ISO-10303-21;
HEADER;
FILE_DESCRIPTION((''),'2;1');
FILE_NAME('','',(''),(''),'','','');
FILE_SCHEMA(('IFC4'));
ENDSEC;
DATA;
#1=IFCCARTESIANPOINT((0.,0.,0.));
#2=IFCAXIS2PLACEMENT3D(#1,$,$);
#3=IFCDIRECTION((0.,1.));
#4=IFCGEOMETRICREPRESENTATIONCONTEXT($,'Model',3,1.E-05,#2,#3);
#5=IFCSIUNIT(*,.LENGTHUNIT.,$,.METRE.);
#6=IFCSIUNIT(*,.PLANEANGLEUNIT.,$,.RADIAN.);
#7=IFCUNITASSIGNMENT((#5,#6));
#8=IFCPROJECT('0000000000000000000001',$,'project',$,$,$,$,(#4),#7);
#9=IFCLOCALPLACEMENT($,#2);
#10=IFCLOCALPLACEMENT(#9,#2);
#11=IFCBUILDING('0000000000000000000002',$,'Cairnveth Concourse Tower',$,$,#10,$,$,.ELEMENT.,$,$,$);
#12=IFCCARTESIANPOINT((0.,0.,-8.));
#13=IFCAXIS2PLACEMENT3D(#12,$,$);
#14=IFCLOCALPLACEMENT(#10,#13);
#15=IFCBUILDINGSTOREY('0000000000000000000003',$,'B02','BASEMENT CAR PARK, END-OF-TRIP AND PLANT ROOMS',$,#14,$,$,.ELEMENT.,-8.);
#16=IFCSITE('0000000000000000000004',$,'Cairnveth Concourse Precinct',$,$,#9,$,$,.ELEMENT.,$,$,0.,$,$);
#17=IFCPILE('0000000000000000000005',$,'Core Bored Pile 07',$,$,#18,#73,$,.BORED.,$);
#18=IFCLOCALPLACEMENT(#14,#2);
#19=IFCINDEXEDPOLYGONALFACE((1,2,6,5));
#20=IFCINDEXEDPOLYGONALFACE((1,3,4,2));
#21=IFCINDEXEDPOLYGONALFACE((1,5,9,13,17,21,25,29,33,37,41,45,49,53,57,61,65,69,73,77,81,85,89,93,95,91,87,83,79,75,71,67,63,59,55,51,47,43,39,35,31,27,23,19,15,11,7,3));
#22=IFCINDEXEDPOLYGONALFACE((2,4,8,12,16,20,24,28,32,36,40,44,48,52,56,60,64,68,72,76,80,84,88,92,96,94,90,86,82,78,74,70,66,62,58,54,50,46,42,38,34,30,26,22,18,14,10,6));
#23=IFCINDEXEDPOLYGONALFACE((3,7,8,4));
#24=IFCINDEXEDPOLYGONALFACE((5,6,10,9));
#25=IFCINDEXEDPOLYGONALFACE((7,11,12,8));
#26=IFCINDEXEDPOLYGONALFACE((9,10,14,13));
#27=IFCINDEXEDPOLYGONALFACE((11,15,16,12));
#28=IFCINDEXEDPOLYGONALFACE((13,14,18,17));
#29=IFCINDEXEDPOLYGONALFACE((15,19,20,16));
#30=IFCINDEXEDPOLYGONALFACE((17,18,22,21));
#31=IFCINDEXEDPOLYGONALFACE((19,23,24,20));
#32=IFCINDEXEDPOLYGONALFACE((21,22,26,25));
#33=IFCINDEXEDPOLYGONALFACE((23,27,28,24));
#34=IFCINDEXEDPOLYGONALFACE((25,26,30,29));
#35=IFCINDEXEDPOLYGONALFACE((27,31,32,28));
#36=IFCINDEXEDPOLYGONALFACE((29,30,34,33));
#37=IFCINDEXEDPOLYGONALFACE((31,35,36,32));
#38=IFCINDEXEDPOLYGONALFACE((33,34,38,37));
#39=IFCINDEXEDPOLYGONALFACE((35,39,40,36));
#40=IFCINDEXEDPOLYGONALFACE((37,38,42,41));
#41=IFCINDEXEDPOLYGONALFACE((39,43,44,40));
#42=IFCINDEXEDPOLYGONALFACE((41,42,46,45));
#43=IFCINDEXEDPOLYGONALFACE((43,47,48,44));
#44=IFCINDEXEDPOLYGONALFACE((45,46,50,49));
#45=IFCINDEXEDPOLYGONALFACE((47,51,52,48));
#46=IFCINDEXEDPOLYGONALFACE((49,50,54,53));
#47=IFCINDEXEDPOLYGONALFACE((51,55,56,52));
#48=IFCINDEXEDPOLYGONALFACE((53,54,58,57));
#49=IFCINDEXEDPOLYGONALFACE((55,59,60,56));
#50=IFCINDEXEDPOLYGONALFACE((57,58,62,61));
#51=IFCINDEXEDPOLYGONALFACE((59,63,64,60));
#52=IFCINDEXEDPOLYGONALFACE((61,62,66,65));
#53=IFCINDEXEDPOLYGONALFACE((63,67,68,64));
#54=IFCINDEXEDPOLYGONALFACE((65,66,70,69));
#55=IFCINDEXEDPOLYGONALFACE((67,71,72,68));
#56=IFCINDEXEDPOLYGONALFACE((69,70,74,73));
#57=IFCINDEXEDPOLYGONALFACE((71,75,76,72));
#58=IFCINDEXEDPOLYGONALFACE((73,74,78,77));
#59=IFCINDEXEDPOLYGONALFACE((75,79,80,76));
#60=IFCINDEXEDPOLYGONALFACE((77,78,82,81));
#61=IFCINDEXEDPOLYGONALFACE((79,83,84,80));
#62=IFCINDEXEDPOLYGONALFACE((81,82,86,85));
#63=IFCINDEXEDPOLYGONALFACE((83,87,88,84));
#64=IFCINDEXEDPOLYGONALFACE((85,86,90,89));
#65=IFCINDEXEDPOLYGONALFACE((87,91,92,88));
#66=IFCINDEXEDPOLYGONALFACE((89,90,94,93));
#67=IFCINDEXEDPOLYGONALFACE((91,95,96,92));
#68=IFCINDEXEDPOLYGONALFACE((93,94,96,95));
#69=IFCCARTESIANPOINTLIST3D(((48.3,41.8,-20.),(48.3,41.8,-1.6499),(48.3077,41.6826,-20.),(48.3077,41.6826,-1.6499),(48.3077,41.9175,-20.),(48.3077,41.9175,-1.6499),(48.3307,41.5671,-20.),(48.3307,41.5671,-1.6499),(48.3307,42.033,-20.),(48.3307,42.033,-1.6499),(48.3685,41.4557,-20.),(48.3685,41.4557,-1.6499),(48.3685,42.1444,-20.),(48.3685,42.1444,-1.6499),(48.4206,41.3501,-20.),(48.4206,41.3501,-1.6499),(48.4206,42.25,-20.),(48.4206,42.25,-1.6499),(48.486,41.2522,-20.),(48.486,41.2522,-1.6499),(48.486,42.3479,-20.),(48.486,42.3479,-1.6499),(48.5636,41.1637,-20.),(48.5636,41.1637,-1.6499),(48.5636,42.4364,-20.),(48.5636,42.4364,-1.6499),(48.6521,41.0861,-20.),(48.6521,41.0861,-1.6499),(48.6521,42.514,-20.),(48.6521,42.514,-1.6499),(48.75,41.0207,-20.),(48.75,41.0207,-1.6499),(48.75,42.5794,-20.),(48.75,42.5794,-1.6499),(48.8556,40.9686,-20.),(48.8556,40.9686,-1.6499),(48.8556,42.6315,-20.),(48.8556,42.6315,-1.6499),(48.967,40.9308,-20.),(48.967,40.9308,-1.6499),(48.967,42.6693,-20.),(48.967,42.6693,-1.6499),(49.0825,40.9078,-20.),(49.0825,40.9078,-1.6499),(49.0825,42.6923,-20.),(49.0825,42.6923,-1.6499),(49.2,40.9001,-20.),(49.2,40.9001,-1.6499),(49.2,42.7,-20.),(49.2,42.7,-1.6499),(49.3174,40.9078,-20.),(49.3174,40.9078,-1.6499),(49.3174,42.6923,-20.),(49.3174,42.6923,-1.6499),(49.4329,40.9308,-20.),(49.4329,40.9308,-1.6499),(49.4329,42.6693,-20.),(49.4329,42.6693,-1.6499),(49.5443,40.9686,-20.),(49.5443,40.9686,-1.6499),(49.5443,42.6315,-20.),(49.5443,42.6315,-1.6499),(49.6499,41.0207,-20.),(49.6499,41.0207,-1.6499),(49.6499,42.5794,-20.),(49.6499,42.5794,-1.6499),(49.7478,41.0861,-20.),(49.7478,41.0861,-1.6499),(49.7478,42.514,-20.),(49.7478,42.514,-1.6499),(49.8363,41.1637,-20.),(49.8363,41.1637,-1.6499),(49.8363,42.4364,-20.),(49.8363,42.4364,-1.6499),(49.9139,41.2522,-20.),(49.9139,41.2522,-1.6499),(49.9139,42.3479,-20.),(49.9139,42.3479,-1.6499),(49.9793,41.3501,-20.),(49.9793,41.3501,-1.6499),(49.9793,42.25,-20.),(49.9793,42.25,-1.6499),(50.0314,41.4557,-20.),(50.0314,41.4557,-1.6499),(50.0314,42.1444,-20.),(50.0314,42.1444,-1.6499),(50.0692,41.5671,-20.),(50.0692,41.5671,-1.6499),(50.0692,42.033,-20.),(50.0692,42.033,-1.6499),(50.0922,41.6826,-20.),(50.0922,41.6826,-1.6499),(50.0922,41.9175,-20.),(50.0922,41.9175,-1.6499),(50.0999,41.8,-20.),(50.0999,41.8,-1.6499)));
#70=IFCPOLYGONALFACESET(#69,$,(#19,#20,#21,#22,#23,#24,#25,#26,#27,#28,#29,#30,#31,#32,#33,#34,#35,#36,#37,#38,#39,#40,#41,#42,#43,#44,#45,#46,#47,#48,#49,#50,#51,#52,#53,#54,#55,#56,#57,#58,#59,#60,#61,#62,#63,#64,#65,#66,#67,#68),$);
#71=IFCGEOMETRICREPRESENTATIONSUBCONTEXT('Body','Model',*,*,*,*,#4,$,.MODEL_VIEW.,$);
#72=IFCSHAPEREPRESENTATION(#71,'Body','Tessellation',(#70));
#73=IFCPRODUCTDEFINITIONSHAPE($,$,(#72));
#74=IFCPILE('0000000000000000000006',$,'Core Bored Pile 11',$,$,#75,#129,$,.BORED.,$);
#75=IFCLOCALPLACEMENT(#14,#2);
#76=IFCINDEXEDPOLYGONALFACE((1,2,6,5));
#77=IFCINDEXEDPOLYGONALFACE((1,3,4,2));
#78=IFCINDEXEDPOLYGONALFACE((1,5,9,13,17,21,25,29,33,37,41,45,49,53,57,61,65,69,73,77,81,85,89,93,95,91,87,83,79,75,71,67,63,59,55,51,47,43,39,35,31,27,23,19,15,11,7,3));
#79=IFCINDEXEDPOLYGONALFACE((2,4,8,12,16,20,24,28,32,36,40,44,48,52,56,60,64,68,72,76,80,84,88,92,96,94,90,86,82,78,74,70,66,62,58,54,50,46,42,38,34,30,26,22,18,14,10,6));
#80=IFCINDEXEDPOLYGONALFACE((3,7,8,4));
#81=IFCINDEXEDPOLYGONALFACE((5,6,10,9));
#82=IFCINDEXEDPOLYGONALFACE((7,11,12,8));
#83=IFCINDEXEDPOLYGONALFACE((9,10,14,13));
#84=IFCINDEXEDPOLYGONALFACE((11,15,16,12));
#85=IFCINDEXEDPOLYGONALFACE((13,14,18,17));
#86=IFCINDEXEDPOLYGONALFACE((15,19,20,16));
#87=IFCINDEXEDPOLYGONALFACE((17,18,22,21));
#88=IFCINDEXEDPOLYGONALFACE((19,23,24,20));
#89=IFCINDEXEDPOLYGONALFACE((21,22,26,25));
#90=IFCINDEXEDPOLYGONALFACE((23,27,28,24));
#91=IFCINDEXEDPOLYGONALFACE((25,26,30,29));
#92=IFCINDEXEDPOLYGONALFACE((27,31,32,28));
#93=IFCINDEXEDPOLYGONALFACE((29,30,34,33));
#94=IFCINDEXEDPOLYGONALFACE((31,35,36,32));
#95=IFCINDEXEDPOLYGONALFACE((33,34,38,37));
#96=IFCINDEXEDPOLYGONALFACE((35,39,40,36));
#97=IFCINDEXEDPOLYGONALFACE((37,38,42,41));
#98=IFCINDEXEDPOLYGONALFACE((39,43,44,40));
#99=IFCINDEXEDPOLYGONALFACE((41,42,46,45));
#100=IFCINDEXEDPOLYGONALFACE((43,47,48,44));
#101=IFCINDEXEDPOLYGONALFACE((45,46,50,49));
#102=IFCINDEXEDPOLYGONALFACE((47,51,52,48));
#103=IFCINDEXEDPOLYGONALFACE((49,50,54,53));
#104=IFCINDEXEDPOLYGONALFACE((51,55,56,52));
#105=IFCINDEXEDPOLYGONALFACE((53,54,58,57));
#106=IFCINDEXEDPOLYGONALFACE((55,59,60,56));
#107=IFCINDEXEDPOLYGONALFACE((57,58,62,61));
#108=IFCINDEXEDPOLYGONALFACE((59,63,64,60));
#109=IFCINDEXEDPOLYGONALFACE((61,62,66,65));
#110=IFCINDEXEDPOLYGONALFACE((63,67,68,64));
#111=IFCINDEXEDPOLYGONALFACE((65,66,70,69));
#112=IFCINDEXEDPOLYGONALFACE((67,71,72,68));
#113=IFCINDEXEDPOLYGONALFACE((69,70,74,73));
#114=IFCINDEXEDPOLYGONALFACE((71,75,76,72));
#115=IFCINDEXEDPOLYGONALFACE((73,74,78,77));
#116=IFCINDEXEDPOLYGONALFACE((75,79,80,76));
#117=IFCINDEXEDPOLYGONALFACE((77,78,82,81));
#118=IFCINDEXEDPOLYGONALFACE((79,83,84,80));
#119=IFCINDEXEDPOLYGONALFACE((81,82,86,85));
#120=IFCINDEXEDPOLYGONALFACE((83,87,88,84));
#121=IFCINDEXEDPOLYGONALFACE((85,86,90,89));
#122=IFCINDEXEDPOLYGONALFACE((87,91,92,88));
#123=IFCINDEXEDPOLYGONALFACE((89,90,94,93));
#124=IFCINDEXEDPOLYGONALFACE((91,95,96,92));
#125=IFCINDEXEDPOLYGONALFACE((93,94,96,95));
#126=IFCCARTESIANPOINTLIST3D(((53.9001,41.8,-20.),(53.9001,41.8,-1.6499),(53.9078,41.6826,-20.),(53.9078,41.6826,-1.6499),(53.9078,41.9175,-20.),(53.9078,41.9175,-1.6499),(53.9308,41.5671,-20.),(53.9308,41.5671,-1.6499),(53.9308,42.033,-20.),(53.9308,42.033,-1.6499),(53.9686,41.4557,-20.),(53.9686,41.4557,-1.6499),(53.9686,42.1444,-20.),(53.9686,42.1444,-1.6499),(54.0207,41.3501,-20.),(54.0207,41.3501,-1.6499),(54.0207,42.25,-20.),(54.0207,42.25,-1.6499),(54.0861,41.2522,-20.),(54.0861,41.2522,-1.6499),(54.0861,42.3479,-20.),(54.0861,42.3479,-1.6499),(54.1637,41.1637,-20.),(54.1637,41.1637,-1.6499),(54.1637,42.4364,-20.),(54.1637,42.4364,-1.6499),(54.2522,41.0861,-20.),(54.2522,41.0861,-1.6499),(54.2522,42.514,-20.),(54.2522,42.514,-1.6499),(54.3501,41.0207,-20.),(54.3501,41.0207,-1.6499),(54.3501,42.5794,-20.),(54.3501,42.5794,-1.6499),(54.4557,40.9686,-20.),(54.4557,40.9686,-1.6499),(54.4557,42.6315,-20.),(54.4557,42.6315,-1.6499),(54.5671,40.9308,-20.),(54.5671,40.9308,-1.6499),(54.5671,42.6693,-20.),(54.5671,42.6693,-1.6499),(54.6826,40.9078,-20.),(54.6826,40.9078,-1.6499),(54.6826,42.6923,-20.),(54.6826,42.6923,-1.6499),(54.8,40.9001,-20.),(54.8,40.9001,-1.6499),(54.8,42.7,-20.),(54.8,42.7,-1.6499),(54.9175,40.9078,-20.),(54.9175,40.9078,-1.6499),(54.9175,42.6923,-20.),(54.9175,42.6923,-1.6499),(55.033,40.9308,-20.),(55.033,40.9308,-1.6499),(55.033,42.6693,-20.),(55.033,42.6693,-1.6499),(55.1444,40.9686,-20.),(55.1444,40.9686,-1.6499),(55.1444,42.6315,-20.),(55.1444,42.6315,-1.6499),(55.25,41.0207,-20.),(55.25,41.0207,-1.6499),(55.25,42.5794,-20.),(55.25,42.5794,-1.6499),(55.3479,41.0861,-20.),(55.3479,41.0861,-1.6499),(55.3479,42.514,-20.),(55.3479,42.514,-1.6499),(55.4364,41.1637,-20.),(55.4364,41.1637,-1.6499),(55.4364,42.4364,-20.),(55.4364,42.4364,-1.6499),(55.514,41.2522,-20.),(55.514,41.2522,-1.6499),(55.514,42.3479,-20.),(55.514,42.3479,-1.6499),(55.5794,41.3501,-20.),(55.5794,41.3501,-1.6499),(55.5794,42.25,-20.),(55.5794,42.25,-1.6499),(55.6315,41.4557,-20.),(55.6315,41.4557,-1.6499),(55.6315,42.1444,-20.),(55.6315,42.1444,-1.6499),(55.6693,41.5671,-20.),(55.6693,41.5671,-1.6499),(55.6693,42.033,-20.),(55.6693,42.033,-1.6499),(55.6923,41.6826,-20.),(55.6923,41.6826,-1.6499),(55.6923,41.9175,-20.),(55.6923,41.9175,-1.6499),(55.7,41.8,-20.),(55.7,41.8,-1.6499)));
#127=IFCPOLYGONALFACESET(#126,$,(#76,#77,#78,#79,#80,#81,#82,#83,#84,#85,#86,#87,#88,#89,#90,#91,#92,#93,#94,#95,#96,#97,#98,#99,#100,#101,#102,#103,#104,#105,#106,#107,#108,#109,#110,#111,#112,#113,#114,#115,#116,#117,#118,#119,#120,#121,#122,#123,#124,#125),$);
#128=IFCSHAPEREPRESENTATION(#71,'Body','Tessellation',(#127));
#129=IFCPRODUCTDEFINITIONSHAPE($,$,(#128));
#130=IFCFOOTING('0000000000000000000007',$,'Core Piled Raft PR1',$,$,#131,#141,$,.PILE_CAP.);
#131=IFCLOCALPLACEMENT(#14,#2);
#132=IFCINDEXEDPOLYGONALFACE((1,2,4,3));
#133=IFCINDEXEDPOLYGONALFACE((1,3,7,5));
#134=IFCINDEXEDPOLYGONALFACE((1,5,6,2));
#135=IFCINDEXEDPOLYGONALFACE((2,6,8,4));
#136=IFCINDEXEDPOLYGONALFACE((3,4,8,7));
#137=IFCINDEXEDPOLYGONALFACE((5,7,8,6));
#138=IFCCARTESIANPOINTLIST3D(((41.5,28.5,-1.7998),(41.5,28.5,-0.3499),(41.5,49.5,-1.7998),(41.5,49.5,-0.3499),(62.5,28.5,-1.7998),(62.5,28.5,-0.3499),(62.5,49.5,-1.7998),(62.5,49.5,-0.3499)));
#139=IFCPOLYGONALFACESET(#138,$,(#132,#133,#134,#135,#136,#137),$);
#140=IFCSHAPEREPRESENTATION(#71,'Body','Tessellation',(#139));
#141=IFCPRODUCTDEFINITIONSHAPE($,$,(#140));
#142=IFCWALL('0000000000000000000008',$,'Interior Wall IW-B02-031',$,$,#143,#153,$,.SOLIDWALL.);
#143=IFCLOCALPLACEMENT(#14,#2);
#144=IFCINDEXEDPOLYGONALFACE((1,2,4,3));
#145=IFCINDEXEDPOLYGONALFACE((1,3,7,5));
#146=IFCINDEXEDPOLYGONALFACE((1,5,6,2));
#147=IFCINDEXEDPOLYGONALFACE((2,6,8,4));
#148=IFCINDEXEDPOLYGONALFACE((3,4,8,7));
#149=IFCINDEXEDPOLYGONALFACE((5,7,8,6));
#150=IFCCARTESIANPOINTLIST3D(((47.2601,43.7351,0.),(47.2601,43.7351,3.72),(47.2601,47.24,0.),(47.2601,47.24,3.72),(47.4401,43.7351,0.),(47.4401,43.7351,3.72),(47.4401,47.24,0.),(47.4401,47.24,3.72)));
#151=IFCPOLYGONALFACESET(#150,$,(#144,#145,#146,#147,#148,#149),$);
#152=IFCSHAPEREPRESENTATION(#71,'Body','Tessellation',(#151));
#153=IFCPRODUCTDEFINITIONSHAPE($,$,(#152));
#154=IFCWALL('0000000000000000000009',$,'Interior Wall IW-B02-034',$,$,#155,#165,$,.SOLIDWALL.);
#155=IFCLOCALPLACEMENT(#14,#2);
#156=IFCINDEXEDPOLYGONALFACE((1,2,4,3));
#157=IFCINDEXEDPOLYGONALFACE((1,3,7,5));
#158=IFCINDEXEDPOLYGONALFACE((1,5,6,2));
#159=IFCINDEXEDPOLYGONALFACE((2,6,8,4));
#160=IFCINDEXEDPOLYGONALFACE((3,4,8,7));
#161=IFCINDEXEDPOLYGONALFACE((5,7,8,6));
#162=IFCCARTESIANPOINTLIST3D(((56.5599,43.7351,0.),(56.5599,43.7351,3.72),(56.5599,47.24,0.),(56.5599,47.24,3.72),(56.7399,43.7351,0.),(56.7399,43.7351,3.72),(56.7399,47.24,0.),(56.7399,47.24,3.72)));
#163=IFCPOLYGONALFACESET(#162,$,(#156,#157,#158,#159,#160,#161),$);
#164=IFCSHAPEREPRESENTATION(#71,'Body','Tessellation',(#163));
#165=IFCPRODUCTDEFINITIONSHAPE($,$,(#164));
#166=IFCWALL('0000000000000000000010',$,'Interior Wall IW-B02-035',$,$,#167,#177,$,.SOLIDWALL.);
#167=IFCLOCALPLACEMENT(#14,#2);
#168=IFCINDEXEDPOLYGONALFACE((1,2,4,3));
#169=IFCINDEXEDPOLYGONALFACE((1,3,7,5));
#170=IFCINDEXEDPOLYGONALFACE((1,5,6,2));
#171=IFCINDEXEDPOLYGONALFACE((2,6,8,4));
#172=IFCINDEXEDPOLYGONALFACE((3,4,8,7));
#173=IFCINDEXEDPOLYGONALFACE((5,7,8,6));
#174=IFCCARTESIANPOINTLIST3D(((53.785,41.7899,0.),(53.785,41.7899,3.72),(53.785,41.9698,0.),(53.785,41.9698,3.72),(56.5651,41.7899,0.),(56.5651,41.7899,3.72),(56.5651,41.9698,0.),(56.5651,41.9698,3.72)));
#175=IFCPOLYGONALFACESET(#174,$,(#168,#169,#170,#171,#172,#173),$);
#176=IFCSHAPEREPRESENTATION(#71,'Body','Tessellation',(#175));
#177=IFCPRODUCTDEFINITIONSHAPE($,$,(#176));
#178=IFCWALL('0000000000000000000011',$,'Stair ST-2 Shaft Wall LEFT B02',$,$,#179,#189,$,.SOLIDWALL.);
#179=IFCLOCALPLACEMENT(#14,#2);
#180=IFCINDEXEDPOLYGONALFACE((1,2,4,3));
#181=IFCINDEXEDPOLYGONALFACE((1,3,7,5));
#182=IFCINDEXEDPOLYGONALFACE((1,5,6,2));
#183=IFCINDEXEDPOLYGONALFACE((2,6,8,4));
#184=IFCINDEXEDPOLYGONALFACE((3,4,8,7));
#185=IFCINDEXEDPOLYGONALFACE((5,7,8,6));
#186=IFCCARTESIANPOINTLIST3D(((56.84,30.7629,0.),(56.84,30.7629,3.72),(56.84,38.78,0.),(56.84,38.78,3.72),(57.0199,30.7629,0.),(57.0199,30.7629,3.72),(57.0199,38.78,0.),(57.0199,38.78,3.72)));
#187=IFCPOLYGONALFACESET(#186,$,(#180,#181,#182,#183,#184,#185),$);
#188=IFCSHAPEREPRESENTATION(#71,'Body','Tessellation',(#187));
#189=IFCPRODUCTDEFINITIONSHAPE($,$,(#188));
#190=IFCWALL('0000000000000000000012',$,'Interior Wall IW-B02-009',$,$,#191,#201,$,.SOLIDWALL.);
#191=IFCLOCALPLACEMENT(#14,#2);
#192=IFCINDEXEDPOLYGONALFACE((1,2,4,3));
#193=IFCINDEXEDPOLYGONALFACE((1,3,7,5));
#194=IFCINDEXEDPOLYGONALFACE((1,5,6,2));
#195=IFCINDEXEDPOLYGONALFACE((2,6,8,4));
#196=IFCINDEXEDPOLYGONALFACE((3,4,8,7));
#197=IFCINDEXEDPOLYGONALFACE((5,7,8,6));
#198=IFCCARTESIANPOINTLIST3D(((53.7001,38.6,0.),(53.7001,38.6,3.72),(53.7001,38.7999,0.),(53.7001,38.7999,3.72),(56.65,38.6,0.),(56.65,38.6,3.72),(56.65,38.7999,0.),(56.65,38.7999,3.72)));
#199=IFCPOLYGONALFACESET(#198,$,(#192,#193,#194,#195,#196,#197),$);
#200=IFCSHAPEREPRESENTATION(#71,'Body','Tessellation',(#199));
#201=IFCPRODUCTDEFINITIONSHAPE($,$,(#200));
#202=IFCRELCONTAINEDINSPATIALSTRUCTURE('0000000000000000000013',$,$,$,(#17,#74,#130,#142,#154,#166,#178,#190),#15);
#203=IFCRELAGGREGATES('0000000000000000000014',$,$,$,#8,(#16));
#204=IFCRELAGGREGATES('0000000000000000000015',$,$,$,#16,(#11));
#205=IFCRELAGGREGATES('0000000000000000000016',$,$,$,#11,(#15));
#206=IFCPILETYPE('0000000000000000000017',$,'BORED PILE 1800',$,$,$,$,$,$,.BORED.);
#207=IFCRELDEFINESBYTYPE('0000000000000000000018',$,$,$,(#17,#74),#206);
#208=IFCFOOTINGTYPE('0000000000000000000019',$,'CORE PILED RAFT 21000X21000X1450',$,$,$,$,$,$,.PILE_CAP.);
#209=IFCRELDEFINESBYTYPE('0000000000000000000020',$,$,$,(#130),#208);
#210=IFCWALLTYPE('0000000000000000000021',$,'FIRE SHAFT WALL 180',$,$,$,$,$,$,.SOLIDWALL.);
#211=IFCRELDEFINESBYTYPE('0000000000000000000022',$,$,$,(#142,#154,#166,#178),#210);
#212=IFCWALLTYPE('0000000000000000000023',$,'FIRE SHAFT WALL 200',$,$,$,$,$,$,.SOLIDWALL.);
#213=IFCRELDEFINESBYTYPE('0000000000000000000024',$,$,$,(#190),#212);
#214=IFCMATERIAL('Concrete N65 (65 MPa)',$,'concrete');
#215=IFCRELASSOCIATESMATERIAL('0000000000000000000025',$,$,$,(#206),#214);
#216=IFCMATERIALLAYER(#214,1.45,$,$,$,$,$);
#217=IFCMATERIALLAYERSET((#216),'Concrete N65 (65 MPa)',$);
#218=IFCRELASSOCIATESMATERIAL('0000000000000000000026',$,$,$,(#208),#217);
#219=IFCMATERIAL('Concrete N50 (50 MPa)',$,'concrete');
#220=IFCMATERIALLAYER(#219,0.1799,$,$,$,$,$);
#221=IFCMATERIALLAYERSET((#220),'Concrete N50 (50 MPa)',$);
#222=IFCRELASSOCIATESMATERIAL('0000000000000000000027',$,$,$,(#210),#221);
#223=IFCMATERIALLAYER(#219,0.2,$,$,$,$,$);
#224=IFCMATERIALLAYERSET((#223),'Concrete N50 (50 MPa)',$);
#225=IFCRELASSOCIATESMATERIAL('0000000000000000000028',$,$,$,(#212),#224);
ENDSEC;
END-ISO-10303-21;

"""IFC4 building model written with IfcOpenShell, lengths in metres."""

from ifc_helpers import new_model, si_unit, direction, frame, frame_2d, origin, origin_2d, place, context, subcontext, project, spatial, rectangle, circle, extrude, material, layer, layer_set, material_profile, profile_set, type_object, element, save


model = new_model("IFC4")

# Units and contexts
model_context = context("Model", 3, precision=1e-05, world=origin(), true_north=direction((0.0, 1.0)))
body_context = subcontext(model_context, "Body", "Model", "MODEL_VIEW")
ifc_project = project(units=[si_unit("LENGTHUNIT", "METRE"), si_unit("PLANEANGLEUNIT", "RADIAN")], contexts=[model_context])

# Site, building, storey
site_placement = place(None, origin())
site = spatial("IfcSite", under=ifc_project, at=site_placement, Name="Cairnveth Concourse Precinct", CompositionType="ELEMENT", RefElevation=0.0)
building_placement = place(site_placement, origin())
building = spatial("IfcBuilding", under=site, at=building_placement, Name="Cairnveth Concourse Tower", CompositionType="ELEMENT")
storey_placement = place(building_placement, frame((0.0, 0.0, -8.0)))
storey = spatial("IfcBuildingStorey", under=building, at=storey_placement, Name="B02", Description="BASEMENT CAR PARK, END-OF-TRIP AND PLANT ROOMS", CompositionType="ELEMENT", Elevation=-8.0)

# Piles
ifc_material_1 = material(Name="Concrete N65 (65 MPa)", Category="concrete")
ifc_material_profile = material_profile(ifc_material_1, circle(Radius=0.8999, at=origin_2d()), Name="PILE-1800")
ifc_profile_set = profile_set([ifc_material_profile], Name="Concrete N65 (65 MPa)")
pile_type = type_object("IfcPileType", Name="BORED PILE 1800", PredefinedType="BORED", material=ifc_profile_set)
for number, where, z_axis, x_axis, name in (
    (1, (49.2, 41.8, -1.6499), (0.0, 0.0, -1.0), (1.0, 0.0, 0.0), "Core Bored Pile 07"),
    (2, (54.8, 41.8, -1.6499), (0.0, 0.0, -1.0), (1.0, 0.0, 0.0), "Core Bored Pile 11"),
):
    element("IfcPile", number, at=place(storey_placement, frame(where, z_axis=z_axis, x_axis=x_axis)), inside=storey, type_object=pile_type, Name=name, PredefinedType="BORED", context=body_context, shape_type="SweptSolid", body=[
        extrude(circle(Radius=0.8999, at=origin_2d()), origin(), (0.0, 0.0, 1.0), 18.3501),
    ])

# Footing
ifc_layer_1 = layer(ifc_material_1, 1.45)
ifc_layer_set_1 = layer_set([ifc_layer_1], Name="Concrete N65 (65 MPa)")
footing_type = type_object("IfcFootingType", Name="CORE PILED RAFT 21000X21000X1450", PredefinedType="PILE_CAP", material=ifc_layer_set_1)
footing_placement = place(storey_placement, frame((52.0, 39.0, -1.7998), z_axis=(0.0, 0.0, 1.0), x_axis=(1.0, 0.0, 0.0)))
element("IfcFooting", 3, at=footing_placement, inside=storey, type_object=footing_type, Name="Core Piled Raft PR1", PredefinedType="PILE_CAP", context=body_context, shape_type="SweptSolid", body=[
    extrude(rectangle(XDim=21.0, YDim=21.0, at=origin_2d()), origin(), (0.0, 0.0, 1.0), 1.45),
])

# Walls
ifc_material_2 = material(Name="Concrete N50 (50 MPa)", Category="concrete")
ifc_layer_2 = layer(ifc_material_2, 0.1799)
ifc_layer_set_2 = layer_set([ifc_layer_2], Name="Concrete N50 (50 MPa)")
wall_type_1 = type_object("IfcWallType", Name="FIRE SHAFT WALL 180", PredefinedType="SOLIDWALL", material=ifc_layer_set_2)
for number, where, z_axis, x_axis, name in (
    (4, (47.3501, 43.7351, 0.0), (0.0, 0.0, 1.0), (0.0, 1.0, 0.0), "Interior Wall IW-B02-031"),
    (5, (56.6499, 43.7351, 0.0), (0.0, 0.0, 1.0), (0.0, 1.0, 0.0), "Interior Wall IW-B02-034"),
):
    element("IfcWall", number, at=place(storey_placement, frame(where, z_axis=z_axis, x_axis=x_axis)), inside=storey, type_object=wall_type_1, Name=name, PredefinedType="SOLIDWALL", context=body_context, shape_type="SweptSolid", body=[
        extrude(rectangle(XDim=3.5049, YDim=0.1799, at=frame_2d((1.7524, 0.0))), origin(), (0.0, 0.0, 1.0), 3.72),
    ])
wall_1_placement = place(storey_placement, frame((53.7849, 41.8799, 0.0), z_axis=(0.0, 0.0, 1.0), x_axis=(1.0, 0.0, 0.0)))
element("IfcWall", 6, at=wall_1_placement, inside=storey, type_object=wall_type_1, Name="Interior Wall IW-B02-035", PredefinedType="SOLIDWALL", context=body_context, shape_type="SweptSolid", body=[
    extrude(rectangle(XDim=2.78, YDim=0.1799, at=frame_2d((1.3901, 0.0))), origin(), (0.0, 0.0, 1.0), 3.72),
])

# Walls
wall_2_placement = place(storey_placement, frame((56.9299, 38.78, 0.0), z_axis=(0.0, 0.0, 1.0), x_axis=(0.0, -1.0, 0.0)))
element("IfcWall", 7, at=wall_2_placement, inside=storey, type_object=wall_type_1, Name="Stair ST-2 Shaft Wall LEFT B02", PredefinedType="SOLIDWALL", context=body_context, shape_type="SweptSolid", body=[
    extrude(rectangle(XDim=8.0171, YDim=0.1799, at=frame_2d((4.0085, 0.0))), origin(), (0.0, 0.0, 1.0), 3.72),
])
ifc_layer_3 = layer(ifc_material_2, 0.2)
ifc_layer_set_3 = layer_set([ifc_layer_3], Name="Concrete N50 (50 MPa)")
wall_type_2 = type_object("IfcWallType", Name="FIRE SHAFT WALL 200", PredefinedType="SOLIDWALL", material=ifc_layer_set_3)
for number, where, z_axis, x_axis, name in (
    (8, (53.7, 38.7, 0.0), (0.0, 0.0, 1.0), (1.0, 0.0, 0.0), "Interior Wall IW-B02-009"),
):
    element("IfcWall", number, at=place(storey_placement, frame(where, z_axis=z_axis, x_axis=x_axis)), inside=storey, type_object=wall_type_2, Name=name, PredefinedType="SOLIDWALL", context=body_context, shape_type="SweptSolid", body=[
        extrude(rectangle(XDim=2.95, YDim=0.2, at=frame_2d((1.4751, 0.0))), origin(), (0.0, 0.0, 1.0), 3.72),
    ])

save(model, "model.ifc")
